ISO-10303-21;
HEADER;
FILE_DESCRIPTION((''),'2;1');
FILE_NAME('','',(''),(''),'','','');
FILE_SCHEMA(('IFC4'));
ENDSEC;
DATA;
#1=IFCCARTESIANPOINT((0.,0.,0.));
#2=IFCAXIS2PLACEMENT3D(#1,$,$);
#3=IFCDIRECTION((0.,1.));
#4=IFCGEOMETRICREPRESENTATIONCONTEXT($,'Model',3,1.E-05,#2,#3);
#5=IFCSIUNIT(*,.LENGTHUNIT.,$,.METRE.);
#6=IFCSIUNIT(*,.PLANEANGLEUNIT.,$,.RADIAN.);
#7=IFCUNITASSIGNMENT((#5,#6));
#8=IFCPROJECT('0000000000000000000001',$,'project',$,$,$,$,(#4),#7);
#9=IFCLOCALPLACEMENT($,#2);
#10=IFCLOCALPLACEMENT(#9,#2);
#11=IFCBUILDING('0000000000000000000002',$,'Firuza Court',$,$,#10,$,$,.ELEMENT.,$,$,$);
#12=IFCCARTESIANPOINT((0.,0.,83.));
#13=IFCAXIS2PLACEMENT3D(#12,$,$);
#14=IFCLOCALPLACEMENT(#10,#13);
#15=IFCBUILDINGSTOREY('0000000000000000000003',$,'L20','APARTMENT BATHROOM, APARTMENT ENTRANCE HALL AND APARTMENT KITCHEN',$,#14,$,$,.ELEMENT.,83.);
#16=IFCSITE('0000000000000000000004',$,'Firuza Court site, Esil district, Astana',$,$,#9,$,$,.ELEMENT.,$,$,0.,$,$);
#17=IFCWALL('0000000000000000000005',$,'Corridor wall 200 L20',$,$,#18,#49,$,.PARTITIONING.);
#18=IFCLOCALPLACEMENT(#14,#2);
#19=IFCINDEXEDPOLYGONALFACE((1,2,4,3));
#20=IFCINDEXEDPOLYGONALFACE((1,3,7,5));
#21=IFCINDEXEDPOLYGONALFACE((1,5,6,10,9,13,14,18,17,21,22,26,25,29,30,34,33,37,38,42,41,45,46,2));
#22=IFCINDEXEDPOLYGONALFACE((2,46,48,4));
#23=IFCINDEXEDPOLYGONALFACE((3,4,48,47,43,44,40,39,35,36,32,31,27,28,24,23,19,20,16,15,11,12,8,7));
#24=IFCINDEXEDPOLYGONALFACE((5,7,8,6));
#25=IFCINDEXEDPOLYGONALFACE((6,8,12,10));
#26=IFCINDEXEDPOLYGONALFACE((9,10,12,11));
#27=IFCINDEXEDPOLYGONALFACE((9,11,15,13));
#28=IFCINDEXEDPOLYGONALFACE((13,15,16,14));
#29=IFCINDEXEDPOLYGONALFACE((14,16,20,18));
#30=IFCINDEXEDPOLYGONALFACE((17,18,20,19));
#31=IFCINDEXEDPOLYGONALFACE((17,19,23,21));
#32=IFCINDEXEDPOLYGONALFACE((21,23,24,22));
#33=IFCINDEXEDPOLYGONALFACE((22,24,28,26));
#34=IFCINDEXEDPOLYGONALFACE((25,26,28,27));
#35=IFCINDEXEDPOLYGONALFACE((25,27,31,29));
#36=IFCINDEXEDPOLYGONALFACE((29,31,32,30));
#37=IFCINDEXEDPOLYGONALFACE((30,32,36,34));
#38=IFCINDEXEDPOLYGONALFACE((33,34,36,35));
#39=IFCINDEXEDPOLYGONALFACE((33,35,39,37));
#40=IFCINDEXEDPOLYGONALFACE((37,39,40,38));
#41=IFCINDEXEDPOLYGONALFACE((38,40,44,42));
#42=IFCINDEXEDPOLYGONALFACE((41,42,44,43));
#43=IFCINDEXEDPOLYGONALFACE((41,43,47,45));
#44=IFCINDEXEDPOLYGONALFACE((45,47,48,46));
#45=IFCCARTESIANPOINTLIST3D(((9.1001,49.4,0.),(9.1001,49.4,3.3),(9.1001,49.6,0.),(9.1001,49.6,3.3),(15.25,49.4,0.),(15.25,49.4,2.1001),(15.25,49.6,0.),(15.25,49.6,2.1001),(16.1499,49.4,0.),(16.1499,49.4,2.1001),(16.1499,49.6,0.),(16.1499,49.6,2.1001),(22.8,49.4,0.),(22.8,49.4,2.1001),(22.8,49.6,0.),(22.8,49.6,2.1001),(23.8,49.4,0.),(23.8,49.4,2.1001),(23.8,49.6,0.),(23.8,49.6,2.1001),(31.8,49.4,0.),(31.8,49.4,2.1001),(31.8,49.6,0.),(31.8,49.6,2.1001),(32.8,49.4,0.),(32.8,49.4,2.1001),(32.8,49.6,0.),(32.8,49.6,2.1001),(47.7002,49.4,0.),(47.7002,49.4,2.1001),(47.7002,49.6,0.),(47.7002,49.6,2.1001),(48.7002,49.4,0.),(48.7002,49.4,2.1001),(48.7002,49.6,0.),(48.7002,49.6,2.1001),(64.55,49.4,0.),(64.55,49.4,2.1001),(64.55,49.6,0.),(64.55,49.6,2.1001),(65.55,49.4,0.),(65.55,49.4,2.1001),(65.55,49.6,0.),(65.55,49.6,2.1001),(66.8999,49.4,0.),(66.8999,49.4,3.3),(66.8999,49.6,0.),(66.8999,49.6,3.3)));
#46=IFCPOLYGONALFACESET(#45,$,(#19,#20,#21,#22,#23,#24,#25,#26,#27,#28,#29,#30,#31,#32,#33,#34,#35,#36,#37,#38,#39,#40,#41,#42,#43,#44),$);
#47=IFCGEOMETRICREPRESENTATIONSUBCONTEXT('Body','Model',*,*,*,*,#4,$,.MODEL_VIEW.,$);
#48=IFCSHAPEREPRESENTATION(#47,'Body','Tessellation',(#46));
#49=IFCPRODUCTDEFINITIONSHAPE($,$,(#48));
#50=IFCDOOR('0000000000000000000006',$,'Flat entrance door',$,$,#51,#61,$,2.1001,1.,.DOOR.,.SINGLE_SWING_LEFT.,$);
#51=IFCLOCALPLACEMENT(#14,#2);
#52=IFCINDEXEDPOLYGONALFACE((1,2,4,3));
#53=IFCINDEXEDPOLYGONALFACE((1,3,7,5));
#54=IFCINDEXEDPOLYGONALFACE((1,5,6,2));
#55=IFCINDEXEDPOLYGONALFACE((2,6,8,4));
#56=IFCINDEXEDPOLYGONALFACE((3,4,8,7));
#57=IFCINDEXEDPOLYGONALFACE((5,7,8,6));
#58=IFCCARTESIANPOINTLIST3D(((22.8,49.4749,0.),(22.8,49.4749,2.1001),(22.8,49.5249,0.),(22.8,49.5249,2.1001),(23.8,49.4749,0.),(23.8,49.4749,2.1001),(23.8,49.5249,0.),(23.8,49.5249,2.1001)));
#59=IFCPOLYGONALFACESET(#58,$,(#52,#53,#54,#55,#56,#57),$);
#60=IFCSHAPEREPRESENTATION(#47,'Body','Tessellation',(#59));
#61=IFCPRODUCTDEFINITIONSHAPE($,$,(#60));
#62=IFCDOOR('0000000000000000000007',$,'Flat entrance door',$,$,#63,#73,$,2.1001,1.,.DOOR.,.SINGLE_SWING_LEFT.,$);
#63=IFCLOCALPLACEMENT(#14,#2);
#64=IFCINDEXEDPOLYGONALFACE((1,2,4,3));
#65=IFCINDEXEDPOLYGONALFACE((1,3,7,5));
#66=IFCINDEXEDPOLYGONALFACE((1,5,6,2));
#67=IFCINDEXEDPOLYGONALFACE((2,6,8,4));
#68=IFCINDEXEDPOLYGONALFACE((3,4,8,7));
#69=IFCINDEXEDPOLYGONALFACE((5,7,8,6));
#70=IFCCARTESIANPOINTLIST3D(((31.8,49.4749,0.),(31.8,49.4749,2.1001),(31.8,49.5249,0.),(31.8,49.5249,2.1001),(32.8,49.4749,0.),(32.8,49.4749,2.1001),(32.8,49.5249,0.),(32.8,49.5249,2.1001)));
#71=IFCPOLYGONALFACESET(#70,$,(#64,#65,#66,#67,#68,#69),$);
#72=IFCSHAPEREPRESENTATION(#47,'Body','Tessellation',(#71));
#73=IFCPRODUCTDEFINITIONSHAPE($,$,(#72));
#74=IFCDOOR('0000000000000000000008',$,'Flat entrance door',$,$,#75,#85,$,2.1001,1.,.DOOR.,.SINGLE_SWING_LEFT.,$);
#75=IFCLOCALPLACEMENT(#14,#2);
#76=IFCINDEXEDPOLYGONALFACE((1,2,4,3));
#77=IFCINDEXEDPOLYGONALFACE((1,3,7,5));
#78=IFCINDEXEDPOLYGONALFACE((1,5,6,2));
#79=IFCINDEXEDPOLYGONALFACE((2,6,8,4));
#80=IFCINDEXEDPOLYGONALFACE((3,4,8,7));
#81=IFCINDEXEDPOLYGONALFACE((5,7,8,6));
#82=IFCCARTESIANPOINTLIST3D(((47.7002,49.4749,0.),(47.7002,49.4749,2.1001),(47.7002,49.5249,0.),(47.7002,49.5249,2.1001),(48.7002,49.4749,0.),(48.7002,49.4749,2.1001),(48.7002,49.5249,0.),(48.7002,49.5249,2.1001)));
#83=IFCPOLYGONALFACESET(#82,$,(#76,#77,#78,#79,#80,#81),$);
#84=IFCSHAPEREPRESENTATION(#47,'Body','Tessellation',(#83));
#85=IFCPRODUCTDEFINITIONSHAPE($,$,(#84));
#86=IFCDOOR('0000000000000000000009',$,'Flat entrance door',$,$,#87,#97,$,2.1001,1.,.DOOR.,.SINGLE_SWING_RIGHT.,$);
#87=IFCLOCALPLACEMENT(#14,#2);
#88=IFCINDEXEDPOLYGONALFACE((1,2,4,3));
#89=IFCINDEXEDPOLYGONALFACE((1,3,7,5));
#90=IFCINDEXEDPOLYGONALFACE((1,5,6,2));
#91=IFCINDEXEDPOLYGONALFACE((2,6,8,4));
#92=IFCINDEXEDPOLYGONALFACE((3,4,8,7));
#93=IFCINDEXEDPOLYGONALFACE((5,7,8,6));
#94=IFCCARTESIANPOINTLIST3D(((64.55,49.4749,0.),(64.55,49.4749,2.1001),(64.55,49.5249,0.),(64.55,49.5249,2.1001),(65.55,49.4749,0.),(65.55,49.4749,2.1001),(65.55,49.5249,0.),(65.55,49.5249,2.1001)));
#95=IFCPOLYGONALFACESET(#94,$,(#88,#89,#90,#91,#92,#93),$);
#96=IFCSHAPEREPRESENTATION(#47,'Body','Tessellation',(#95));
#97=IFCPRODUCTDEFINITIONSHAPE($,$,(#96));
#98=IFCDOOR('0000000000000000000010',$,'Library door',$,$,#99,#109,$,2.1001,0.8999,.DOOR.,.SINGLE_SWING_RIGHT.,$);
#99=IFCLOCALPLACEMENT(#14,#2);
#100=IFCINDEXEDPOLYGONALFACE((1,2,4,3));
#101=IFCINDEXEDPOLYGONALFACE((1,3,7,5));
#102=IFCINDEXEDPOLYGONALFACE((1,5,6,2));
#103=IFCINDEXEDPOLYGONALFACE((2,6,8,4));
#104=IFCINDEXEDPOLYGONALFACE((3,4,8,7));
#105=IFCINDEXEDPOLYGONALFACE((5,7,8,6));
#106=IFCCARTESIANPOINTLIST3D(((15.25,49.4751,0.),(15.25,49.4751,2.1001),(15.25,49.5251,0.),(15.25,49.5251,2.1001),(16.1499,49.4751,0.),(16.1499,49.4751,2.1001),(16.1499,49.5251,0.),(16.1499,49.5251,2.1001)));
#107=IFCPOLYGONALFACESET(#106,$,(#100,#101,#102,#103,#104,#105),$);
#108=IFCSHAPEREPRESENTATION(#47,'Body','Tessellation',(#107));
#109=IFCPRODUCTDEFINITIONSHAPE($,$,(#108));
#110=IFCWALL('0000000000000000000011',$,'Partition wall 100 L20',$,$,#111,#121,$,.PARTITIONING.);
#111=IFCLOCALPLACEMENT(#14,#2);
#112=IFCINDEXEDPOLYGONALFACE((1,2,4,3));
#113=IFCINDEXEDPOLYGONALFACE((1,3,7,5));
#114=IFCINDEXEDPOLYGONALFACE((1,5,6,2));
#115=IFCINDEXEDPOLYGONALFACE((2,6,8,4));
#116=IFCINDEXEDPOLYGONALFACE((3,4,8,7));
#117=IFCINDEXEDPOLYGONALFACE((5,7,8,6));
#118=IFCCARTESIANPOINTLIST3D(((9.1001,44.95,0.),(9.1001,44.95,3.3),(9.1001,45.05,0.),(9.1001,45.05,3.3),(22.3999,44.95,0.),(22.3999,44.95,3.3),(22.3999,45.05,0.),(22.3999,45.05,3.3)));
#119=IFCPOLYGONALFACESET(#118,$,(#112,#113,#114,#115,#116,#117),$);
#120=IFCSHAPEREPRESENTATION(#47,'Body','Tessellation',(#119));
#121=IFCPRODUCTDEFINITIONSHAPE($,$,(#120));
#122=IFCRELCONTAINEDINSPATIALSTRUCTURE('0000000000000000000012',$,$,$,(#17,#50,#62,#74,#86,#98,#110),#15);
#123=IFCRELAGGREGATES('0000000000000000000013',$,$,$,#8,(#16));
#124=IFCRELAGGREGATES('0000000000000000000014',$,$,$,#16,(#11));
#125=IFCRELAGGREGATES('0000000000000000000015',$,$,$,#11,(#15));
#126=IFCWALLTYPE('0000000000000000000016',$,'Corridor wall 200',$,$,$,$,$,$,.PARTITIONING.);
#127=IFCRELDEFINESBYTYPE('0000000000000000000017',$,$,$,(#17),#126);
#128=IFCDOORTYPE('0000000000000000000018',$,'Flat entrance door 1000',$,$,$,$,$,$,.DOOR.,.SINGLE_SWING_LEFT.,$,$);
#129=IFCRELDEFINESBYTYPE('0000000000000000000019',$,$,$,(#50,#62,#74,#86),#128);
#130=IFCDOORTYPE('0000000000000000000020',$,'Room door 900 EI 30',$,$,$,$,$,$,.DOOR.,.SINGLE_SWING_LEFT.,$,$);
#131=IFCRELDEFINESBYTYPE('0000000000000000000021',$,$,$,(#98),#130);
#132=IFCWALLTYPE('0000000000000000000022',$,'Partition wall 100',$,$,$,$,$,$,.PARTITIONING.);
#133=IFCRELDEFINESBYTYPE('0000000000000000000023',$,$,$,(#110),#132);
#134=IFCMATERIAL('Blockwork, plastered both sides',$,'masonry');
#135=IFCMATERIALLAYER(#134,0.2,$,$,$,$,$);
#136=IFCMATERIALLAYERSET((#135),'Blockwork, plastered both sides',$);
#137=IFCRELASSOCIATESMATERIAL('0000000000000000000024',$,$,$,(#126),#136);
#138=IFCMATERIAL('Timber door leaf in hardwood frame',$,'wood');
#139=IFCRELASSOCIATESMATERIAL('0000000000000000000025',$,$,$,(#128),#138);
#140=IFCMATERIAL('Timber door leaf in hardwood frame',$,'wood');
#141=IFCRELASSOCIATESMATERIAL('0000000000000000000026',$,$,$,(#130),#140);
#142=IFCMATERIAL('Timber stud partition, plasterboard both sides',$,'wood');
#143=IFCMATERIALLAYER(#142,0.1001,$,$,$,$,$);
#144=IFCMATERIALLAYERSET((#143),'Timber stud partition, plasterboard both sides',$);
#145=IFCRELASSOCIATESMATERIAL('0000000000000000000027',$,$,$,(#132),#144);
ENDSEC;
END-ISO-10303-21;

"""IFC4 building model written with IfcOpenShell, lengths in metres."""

from ifc_helpers import new_model, si_unit, direction, frame, frame_2d, origin, place, context, subcontext, project, spatial, rectangle, extrude, material, layer, layer_set, type_object, element, fill, save


model = new_model("IFC4")

# Units and contexts
model_context = context("Model", 3, precision=1e-05, world=origin(), true_north=direction((0.0, 1.0)))
body_context = subcontext(model_context, "Body", "Model", "MODEL_VIEW")
ifc_project = project(units=[si_unit("LENGTHUNIT", "METRE"), si_unit("PLANEANGLEUNIT", "RADIAN")], contexts=[model_context])

# Site, building, storey
site_placement = place(None, origin())
site = spatial("IfcSite", under=ifc_project, at=site_placement, Name="Firuza Court site, Esil district, Astana", CompositionType="ELEMENT", RefElevation=0.0)
building_placement = place(site_placement, origin())
building = spatial("IfcBuilding", under=site, at=building_placement, Name="Firuza Court", CompositionType="ELEMENT")
storey_placement = place(building_placement, frame((0.0, 0.0, 83.0)))
storey = spatial("IfcBuildingStorey", under=building, at=storey_placement, Name="L20", Description="APARTMENT BATHROOM, APARTMENT ENTRANCE HALL AND APARTMENT KITCHEN", CompositionType="ELEMENT", Elevation=83.0)

# Wall, openings, doors
ifc_material_1 = material(Name="Blockwork, plastered both sides", Category="masonry")
ifc_layer_1 = layer(ifc_material_1, 0.2)
ifc_layer_set_1 = layer_set([ifc_layer_1], Name="Blockwork, plastered both sides")
wall_type_1 = type_object("IfcWallType", Name="Corridor wall 200", PredefinedType="PARTITIONING", material=ifc_layer_set_1)
wall_1_placement = place(storey_placement, frame((9.1001, 49.5, 0.0), z_axis=(0.0, 0.0, 1.0), x_axis=(1.0, 0.0, 0.0)))
wall_1 = element("IfcWall", 1, at=wall_1_placement, inside=storey, type_object=wall_type_1, Name="Corridor wall 200 L20", PredefinedType="PARTITIONING", context=body_context, shape_type="SweptSolid", body=[
    extrude(rectangle(XDim=57.7998, YDim=0.2, at=frame_2d((28.8999, 0.0))), origin(), (0.0, 0.0, 1.0), 3.3),
])
opening_1_placement = place(wall_1_placement, frame((13.7, 0.0, 0.0)))
opening_1 = element("IfcOpeningElement", 2, at=opening_1_placement, cuts=wall_1, PredefinedType="OPENING", context=body_context, shape_type="SweptSolid", body=[
    extrude(rectangle(XDim=1.0, YDim=2.1001, at=frame_2d((0.5, 1.05))), frame((0.0, 0.1118, 0.0), z_axis=(0.0, -1.0, 0.0), x_axis=(1.0, 0.0, 0.0)), (0.0, 0.0, 1.0), 0.2239),
])
opening_2_placement = place(wall_1_placement, frame((22.7, 0.0, 0.0)))
opening_2 = element("IfcOpeningElement", 3, at=opening_2_placement, cuts=wall_1, PredefinedType="OPENING", context=body_context, shape_type="SweptSolid", body=[
    extrude(rectangle(XDim=1.0, YDim=2.1001, at=frame_2d((0.5, 1.05))), frame((0.0, 0.1118, 0.0), z_axis=(0.0, -1.0, 0.0), x_axis=(1.0, 0.0, 0.0)), (0.0, 0.0, 1.0), 0.2239),
])
opening_3_placement = place(wall_1_placement, frame((38.6001, 0.0, 0.0)))
opening_3 = element("IfcOpeningElement", 4, at=opening_3_placement, cuts=wall_1, PredefinedType="OPENING", context=body_context, shape_type="SweptSolid", body=[
    extrude(rectangle(XDim=1.0, YDim=2.1001, at=frame_2d((0.5, 1.05))), frame((0.0, 0.1118, 0.0), z_axis=(0.0, -1.0, 0.0), x_axis=(1.0, 0.0, 0.0)), (0.0, 0.0, 1.0), 0.2239),
])
opening_4_placement = place(wall_1_placement, frame((55.45, 0.0, 0.0)))
opening_4 = element("IfcOpeningElement", 5, at=opening_4_placement, cuts=wall_1, PredefinedType="OPENING", context=body_context, shape_type="SweptSolid", body=[
    extrude(rectangle(XDim=1.0, YDim=2.1001, at=frame_2d((0.5, 1.05))), frame((0.0, 0.1118, 0.0), z_axis=(0.0, -1.0, 0.0), x_axis=(1.0, 0.0, 0.0)), (0.0, 0.0, 1.0), 0.2239),
])
opening_5_placement = place(wall_1_placement, frame((6.1499, 0.0, 0.0)))
opening_5 = element("IfcOpeningElement", 6, at=opening_5_placement, cuts=wall_1, PredefinedType="OPENING", context=body_context, shape_type="SweptSolid", body=[
    extrude(rectangle(XDim=0.8999, YDim=2.1001, at=frame_2d((0.45, 1.05))), frame((0.0, 0.1118, 0.0), z_axis=(0.0, -1.0, 0.0), x_axis=(1.0, 0.0, 0.0)), (0.0, 0.0, 1.0), 0.2239),
])
ifc_material_2 = material(Name="Timber door leaf in hardwood frame", Category="wood")
door_type_1 = type_object("IfcDoorType", Name="Flat entrance door 1000", OperationType="SINGLE_SWING_LEFT", PredefinedType="DOOR", material=ifc_material_2)
door_1_placement = place(opening_1_placement, origin())
door_1 = element("IfcDoor", 7, at=door_1_placement, inside=storey, type_object=door_type_1, Name="Flat entrance door", OperationType="SINGLE_SWING_LEFT", OverallHeight=2.1001, OverallWidth=1.0, PredefinedType="DOOR", context=body_context, shape_type="SweptSolid", body=[
    extrude(rectangle(XDim=1.0, YDim=2.1001, at=frame_2d((0.5, 1.05))), frame((0.0, 0.0249, 0.0), z_axis=(0.0, -1.0, 0.0), x_axis=(1.0, 0.0, 0.0)), (0.0, 0.0, 1.0), 0.05),
])
fill(opening_1, door_1)
door_2_placement = place(opening_2_placement, origin())
door_2 = element("IfcDoor", 8, at=door_2_placement, inside=storey, type_object=door_type_1, Name="Flat entrance door", OperationType="SINGLE_SWING_LEFT", OverallHeight=2.1001, OverallWidth=1.0, PredefinedType="DOOR", context=body_context, shape_type="SweptSolid", body=[
    extrude(rectangle(XDim=1.0, YDim=2.1001, at=frame_2d((0.5, 1.05))), frame((0.0, 0.0249, 0.0), z_axis=(0.0, -1.0, 0.0), x_axis=(1.0, 0.0, 0.0)), (0.0, 0.0, 1.0), 0.05),
])
fill(opening_2, door_2)
door_3_placement = place(opening_3_placement, origin())
door_3 = element("IfcDoor", 9, at=door_3_placement, inside=storey, type_object=door_type_1, Name="Flat entrance door", OperationType="SINGLE_SWING_LEFT", OverallHeight=2.1001, OverallWidth=1.0, PredefinedType="DOOR", context=body_context, shape_type="SweptSolid", body=[
    extrude(rectangle(XDim=1.0, YDim=2.1001, at=frame_2d((0.5, 1.05))), frame((0.0, 0.0249, 0.0), z_axis=(0.0, -1.0, 0.0), x_axis=(1.0, 0.0, 0.0)), (0.0, 0.0, 1.0), 0.05),
])
fill(opening_3, door_3)
door_4_placement = place(opening_4_placement, origin())
door_4 = element("IfcDoor", 10, at=door_4_placement, inside=storey, type_object=door_type_1, Name="Flat entrance door", OperationType="SINGLE_SWING_RIGHT", OverallHeight=2.1001, OverallWidth=1.0, PredefinedType="DOOR", context=body_context, shape_type="SweptSolid", body=[
    extrude(rectangle(XDim=1.0, YDim=2.1001, at=frame_2d((0.5, 1.05))), frame((0.0, 0.0249, 0.0), z_axis=(0.0, -1.0, 0.0), x_axis=(1.0, 0.0, 0.0)), (0.0, 0.0, 1.0), 0.05),
])
fill(opening_4, door_4)
ifc_material_3 = material(Name="Timber door leaf in hardwood frame", Category="wood")
door_type_2 = type_object("IfcDoorType", Name="Room door 900 EI 30", OperationType="SINGLE_SWING_LEFT", PredefinedType="DOOR", material=ifc_material_3)
door_5_placement = place(opening_5_placement, frame((0.8999, 0.0, 0.0), z_axis=(0.0, 0.0, 1.0), x_axis=(-1.0, 0.0, 0.0)))
door_5 = element("IfcDoor", 11, at=door_5_placement, inside=storey, type_object=door_type_2, Name="Library door", OperationType="SINGLE_SWING_RIGHT", OverallHeight=2.1001, OverallWidth=0.8999, PredefinedType="DOOR", context=body_context, shape_type="SweptSolid", body=[
    extrude(rectangle(XDim=0.8999, YDim=2.1001, at=frame_2d((0.45, 1.05))), frame((0.0, 0.0249, 0.0), z_axis=(0.0, -1.0, 0.0), x_axis=(1.0, 0.0, 0.0)), (0.0, 0.0, 1.0), 0.05),
])
fill(opening_5, door_5)

# Wall
ifc_material_4 = material(Name="Timber stud partition, plasterboard both sides", Category="wood")
ifc_layer_2 = layer(ifc_material_4, 0.1001)
ifc_layer_set_2 = layer_set([ifc_layer_2], Name="Timber stud partition, plasterboard both sides")
wall_type_2 = type_object("IfcWallType", Name="Partition wall 100", PredefinedType="PARTITIONING", material=ifc_layer_set_2)
wall_2_placement = place(storey_placement, frame((9.1001, 45.0, 0.0), z_axis=(0.0, 0.0, 1.0), x_axis=(1.0, 0.0, 0.0)))
element("IfcWall", 12, at=wall_2_placement, inside=storey, type_object=wall_type_2, Name="Partition wall 100 L20", PredefinedType="PARTITIONING", context=body_context, shape_type="SweptSolid", body=[
    extrude(rectangle(XDim=13.2998, YDim=0.1001, at=frame_2d((6.6499, 0.0))), origin(), (0.0, 0.0, 1.0), 3.3),
])

save(model, "model.ifc")
